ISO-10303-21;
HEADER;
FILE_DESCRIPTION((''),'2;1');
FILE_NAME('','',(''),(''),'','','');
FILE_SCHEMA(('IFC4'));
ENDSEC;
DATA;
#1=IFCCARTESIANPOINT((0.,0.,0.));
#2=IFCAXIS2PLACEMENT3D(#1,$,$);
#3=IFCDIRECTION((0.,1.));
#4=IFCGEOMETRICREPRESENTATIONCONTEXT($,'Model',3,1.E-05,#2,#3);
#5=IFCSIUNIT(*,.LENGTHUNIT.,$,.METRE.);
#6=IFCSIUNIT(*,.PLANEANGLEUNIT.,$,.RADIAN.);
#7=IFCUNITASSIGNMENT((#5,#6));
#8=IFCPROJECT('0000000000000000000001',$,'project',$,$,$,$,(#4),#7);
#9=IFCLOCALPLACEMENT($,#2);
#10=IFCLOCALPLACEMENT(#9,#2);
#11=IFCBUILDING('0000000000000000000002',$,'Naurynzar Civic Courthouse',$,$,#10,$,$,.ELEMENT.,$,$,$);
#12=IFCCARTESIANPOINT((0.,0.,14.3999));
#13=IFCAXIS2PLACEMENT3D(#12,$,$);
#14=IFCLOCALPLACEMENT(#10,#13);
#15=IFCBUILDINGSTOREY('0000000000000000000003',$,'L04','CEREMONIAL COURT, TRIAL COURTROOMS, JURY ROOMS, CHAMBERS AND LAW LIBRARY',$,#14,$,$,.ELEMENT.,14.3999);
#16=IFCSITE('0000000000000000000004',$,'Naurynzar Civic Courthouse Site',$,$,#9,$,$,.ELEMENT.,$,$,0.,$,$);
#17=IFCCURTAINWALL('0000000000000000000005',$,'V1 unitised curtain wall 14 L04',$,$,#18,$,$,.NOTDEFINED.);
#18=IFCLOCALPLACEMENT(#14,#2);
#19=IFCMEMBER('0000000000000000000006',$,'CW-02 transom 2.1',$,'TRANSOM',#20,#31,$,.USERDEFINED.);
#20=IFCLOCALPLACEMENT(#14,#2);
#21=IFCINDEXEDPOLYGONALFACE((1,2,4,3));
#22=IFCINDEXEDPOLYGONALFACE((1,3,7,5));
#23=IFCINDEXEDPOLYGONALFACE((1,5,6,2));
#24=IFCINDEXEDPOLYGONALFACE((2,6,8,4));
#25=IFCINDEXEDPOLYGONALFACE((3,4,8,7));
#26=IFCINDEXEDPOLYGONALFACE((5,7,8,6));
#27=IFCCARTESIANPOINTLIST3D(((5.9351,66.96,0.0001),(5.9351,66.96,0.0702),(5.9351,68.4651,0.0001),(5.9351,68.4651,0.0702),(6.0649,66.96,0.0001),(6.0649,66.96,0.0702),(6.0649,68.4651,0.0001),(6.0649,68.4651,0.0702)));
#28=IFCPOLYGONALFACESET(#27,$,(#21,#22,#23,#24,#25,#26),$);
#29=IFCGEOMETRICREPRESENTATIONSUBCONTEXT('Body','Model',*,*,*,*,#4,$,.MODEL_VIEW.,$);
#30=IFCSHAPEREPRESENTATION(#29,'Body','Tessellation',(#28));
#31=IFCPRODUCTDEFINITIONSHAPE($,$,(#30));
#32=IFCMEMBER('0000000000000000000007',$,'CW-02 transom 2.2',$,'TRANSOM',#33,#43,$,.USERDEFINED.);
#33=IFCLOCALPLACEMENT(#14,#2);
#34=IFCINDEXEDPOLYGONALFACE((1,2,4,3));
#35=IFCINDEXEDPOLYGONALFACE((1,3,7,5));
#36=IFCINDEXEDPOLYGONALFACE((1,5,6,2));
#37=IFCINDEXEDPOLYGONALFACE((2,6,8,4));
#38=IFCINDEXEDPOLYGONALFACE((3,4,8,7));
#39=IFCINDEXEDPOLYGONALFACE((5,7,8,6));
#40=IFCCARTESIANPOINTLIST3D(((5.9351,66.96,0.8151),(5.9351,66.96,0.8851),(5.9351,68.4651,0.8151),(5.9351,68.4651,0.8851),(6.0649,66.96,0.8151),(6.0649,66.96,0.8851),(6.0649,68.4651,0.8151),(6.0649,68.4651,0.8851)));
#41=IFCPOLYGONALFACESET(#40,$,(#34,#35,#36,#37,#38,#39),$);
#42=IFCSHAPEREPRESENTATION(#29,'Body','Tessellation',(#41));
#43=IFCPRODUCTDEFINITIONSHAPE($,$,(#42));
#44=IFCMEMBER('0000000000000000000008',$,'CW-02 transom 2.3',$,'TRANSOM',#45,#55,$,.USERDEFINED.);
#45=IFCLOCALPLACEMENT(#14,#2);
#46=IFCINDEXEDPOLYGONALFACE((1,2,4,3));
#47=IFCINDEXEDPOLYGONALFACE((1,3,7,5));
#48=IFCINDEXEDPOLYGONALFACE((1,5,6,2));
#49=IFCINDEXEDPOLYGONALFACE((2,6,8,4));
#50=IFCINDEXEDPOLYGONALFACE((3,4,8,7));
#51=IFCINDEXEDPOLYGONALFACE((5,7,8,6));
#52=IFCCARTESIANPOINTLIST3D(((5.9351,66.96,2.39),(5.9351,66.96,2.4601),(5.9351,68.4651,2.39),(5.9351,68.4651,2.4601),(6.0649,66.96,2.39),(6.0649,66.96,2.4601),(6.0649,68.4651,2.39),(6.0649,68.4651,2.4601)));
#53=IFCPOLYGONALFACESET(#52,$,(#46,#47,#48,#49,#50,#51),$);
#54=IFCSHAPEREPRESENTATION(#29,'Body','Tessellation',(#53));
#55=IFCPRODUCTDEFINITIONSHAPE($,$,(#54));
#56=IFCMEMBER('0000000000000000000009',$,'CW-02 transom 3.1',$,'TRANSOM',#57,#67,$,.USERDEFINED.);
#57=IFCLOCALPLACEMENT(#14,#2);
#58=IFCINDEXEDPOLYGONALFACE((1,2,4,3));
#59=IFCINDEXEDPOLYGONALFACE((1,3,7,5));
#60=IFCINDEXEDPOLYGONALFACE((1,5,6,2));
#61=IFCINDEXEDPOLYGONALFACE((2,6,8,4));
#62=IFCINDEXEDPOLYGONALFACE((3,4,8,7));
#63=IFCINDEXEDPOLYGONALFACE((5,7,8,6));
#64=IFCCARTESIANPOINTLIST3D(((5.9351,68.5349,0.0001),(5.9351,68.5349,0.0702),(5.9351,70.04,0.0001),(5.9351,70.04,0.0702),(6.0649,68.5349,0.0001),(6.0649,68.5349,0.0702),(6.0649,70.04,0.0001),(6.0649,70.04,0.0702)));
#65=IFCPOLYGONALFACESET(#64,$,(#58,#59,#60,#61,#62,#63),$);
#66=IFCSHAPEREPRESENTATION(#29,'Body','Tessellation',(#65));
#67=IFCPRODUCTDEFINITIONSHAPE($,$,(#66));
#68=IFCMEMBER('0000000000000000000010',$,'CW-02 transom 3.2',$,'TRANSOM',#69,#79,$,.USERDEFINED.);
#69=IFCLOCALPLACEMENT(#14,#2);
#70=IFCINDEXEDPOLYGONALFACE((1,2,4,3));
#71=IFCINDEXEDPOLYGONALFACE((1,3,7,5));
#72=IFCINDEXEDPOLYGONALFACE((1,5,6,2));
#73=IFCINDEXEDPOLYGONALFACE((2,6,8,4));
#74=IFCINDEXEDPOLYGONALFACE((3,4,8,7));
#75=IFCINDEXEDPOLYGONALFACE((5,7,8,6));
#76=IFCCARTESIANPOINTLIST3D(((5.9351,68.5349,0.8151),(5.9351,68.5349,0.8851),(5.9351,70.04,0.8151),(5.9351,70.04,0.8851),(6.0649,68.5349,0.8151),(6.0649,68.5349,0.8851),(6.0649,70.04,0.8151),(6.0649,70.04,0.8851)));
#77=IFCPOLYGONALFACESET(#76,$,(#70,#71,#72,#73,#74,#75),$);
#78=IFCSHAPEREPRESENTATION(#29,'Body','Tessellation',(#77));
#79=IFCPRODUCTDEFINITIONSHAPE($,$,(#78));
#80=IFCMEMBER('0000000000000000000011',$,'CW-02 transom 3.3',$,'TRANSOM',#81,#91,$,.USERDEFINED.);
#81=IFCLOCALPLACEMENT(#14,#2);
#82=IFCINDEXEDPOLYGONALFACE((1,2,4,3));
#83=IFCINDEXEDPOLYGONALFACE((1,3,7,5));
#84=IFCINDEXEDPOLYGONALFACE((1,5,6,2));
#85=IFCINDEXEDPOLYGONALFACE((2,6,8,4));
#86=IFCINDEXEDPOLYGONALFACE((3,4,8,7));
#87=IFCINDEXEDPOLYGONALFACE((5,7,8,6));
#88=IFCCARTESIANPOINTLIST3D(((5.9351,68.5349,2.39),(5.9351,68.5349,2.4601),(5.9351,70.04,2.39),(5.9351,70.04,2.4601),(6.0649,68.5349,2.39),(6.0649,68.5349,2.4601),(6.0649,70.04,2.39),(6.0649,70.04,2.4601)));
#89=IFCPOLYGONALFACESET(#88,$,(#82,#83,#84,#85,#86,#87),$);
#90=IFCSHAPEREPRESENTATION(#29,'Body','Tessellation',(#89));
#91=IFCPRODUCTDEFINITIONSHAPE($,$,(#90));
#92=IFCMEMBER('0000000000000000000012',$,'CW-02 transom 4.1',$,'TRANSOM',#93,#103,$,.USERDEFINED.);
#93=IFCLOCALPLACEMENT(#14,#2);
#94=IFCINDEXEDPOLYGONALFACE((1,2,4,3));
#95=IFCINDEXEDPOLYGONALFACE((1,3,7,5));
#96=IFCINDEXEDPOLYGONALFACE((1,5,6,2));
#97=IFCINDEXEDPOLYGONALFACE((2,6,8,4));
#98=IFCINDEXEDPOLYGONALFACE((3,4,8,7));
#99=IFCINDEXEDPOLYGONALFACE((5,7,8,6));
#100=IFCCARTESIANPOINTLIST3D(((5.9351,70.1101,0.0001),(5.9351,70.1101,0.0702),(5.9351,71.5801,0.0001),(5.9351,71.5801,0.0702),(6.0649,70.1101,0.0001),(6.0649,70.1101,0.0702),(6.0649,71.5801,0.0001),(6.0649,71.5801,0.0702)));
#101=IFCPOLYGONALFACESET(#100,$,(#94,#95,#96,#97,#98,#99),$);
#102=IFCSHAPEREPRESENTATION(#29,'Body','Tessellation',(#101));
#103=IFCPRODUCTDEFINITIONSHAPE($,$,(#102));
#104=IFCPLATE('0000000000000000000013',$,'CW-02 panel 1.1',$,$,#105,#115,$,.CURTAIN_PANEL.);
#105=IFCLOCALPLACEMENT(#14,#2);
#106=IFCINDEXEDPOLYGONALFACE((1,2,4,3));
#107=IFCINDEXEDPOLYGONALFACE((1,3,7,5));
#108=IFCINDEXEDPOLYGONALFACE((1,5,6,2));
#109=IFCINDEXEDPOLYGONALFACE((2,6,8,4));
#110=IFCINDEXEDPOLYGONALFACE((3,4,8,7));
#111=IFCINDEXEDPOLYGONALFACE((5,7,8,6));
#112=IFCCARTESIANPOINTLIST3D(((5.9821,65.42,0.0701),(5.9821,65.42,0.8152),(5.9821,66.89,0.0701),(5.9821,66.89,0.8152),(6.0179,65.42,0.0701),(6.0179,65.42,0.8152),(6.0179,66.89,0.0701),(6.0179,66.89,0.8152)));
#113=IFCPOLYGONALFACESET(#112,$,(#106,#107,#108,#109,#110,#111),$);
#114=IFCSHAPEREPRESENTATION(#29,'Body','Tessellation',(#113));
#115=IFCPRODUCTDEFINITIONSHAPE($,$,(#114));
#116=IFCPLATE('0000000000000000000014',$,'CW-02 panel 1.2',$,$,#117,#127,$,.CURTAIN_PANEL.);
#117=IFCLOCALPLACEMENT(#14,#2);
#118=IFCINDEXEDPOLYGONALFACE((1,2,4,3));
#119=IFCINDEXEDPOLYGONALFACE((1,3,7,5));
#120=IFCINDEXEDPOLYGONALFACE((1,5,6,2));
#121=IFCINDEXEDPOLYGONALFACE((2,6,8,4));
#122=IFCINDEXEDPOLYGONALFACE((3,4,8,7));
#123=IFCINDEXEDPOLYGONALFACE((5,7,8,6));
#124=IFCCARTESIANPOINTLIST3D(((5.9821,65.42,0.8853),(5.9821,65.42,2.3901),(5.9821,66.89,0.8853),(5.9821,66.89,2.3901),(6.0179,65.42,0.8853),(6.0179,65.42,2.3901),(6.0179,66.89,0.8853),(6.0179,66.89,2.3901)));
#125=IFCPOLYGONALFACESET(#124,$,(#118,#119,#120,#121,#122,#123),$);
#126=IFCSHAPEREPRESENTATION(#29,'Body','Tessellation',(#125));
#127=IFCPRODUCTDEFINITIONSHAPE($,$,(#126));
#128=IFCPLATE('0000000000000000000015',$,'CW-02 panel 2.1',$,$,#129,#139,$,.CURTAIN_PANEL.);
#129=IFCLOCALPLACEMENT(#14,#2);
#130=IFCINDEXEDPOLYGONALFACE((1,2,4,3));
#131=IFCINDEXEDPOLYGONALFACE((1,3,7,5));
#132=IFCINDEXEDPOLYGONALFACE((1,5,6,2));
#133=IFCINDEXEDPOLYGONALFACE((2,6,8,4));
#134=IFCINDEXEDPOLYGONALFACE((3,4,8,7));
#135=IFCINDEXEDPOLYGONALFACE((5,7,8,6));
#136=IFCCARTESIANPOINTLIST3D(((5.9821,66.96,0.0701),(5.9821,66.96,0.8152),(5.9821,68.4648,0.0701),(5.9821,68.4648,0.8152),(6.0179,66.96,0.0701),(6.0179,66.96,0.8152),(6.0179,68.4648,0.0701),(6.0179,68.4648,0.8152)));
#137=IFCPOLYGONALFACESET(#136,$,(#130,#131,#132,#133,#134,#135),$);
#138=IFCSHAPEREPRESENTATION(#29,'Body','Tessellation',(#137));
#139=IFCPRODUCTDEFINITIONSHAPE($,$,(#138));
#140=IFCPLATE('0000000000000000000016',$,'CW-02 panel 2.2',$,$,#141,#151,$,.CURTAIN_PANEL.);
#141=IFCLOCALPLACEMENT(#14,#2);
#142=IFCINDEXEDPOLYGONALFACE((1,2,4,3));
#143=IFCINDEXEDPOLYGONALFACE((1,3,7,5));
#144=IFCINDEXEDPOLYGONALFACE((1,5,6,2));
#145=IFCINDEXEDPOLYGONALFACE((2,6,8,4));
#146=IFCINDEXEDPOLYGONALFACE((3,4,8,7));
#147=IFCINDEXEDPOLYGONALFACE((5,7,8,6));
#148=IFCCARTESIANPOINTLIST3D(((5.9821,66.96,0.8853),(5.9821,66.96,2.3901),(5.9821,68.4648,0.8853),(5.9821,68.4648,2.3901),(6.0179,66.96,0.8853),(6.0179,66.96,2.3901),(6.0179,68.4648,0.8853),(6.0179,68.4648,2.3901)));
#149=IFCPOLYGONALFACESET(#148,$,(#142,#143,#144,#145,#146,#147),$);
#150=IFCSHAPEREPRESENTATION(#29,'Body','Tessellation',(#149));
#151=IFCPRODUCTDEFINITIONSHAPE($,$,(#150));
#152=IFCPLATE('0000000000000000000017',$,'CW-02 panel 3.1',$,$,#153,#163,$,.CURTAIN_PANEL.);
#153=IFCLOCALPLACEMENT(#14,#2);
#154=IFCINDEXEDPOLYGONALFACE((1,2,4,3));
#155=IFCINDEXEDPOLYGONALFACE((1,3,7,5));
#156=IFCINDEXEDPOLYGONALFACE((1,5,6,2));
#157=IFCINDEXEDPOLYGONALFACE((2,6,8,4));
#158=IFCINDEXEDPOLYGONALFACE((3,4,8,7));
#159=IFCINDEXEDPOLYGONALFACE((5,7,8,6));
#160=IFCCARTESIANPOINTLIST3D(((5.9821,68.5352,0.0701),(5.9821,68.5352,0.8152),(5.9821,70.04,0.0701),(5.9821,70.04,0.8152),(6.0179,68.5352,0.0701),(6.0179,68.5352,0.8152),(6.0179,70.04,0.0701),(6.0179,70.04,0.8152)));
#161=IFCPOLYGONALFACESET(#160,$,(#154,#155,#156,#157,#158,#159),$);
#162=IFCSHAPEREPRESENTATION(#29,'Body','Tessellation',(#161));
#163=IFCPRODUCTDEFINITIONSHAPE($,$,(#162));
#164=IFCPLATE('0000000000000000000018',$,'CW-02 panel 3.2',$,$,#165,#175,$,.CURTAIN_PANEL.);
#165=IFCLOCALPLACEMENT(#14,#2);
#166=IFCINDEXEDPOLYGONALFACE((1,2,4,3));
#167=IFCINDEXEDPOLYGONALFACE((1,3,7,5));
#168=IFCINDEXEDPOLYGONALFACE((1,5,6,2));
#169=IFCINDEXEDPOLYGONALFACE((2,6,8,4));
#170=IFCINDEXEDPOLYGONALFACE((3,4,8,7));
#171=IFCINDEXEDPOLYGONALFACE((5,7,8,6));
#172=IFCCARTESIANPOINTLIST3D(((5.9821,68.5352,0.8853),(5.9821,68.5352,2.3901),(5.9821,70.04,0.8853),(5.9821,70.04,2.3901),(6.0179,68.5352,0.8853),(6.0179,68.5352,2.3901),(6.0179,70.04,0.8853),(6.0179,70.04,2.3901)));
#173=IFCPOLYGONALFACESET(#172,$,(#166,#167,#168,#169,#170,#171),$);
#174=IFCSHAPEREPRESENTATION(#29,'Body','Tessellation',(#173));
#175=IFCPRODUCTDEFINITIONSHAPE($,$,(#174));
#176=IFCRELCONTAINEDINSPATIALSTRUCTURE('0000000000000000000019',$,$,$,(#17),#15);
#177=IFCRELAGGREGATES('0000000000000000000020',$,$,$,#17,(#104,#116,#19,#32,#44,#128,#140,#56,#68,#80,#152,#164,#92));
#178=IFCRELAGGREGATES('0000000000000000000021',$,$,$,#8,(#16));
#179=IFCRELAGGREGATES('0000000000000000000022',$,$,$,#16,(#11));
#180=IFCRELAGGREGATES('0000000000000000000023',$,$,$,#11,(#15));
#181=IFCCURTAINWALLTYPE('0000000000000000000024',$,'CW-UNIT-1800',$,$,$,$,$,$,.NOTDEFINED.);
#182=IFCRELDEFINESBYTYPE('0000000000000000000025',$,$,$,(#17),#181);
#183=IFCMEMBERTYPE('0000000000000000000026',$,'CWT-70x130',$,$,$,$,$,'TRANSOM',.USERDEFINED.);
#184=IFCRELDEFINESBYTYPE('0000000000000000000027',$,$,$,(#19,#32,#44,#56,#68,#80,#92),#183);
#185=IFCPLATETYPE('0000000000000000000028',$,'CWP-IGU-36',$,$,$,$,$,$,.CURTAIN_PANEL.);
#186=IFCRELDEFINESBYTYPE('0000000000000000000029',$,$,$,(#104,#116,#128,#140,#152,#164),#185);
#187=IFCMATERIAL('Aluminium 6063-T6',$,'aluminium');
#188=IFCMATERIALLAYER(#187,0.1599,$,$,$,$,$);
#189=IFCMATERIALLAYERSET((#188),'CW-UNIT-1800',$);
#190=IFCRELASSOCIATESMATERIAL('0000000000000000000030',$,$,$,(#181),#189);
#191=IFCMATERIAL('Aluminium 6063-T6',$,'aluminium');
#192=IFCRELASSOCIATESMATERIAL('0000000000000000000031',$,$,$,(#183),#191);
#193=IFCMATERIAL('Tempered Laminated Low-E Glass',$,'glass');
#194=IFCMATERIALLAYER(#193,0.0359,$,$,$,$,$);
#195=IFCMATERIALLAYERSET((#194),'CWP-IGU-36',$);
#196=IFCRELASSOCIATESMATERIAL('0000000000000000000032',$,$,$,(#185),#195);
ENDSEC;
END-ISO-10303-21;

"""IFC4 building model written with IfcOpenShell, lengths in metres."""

from ifc_helpers import new_model, si_unit, direction, frame, origin, origin_2d, place, context, subcontext, project, spatial, rectangle, extrude, material, layer, layer_set, material_profile, profile_set, type_object, element, aggregate, save


model = new_model("IFC4")

# Units and contexts
model_context = context("Model", 3, precision=1e-05, world=origin(), true_north=direction((0.0, 1.0)))
body_context = subcontext(model_context, "Body", "Model", "MODEL_VIEW")
ifc_project = project(units=[si_unit("LENGTHUNIT", "METRE"), si_unit("PLANEANGLEUNIT", "RADIAN")], contexts=[model_context])

# Site, building, storey
site_placement = place(None, origin())
site = spatial("IfcSite", under=ifc_project, at=site_placement, Name="Naurynzar Civic Courthouse Site", CompositionType="ELEMENT", RefElevation=0.0)
building_placement = place(site_placement, origin())
building = spatial("IfcBuilding", under=site, at=building_placement, Name="Naurynzar Civic Courthouse", CompositionType="ELEMENT")
storey_placement = place(building_placement, frame((0.0, 0.0, 14.3999)))
storey = spatial("IfcBuildingStorey", under=building, at=storey_placement, Name="L04", Description="CEREMONIAL COURT, TRIAL COURTROOMS, JURY ROOMS, CHAMBERS AND LAW LIBRARY", CompositionType="ELEMENT", Elevation=14.3999)

# Curtain wall, members, plates
ifc_material_1 = material(Name="Aluminium 6063-T6", Category="aluminium")
ifc_layer_1 = layer(ifc_material_1, 0.1599)
ifc_layer_set_1 = layer_set([ifc_layer_1], Name="CW-UNIT-1800")
curtain_wall_type = type_object("IfcCurtainWallType", Name="CW-UNIT-1800", PredefinedType="NOTDEFINED", material=ifc_layer_set_1)
curtain_wall_placement = place(storey_placement, origin())
curtain_wall = element("IfcCurtainWall", 1, at=curtain_wall_placement, inside=storey, type_object=curtain_wall_type, Name="V1 unitised curtain wall 14 L04", PredefinedType="NOTDEFINED")
ifc_material_2 = material(Name="Aluminium 6063-T6", Category="aluminium")
ifc_material_profile_1 = material_profile(ifc_material_2, rectangle(XDim=0.1299, YDim=0.0701, at=origin_2d()), Name="ALU TRANSOM 70x130")
ifc_profile_set_1 = profile_set([ifc_material_profile_1], Name="Aluminium 6063-T6")
member_type_1 = type_object("IfcMemberType", Name="CWT-70x130", ElementType="TRANSOM", PredefinedType="USERDEFINED", material=ifc_profile_set_1)
member_1_placement = place(storey_placement, frame((6.0, 66.96, 0.0352), z_axis=(0.0, 1.0, 0.0), x_axis=(-1.0, 0.0, 0.0)))
member_1 = element("IfcMember", 2, at=member_1_placement, type_object=member_type_1, Name="CW-02 transom 2.1", ObjectType="TRANSOM", PredefinedType="USERDEFINED", context=body_context, shape_type="SweptSolid", body=[
    extrude(rectangle(XDim=0.1299, YDim=0.0701, at=origin_2d()), origin(), (0.0, 0.0, 1.0), 1.5051),
])
member_2_placement = place(storey_placement, frame((6.0, 66.96, 0.8501), z_axis=(0.0, 1.0, 0.0), x_axis=(-1.0, 0.0, 0.0)))
member_2 = element("IfcMember", 3, at=member_2_placement, type_object=member_type_1, Name="CW-02 transom 2.2", ObjectType="TRANSOM", PredefinedType="USERDEFINED", context=body_context, shape_type="SweptSolid", body=[
    extrude(rectangle(XDim=0.1299, YDim=0.0701, at=origin_2d()), origin(), (0.0, 0.0, 1.0), 1.5051),
])
member_3_placement = place(storey_placement, frame((6.0, 66.96, 2.425), z_axis=(0.0, 1.0, 0.0), x_axis=(-1.0, 0.0, 0.0)))
member_3 = element("IfcMember", 4, at=member_3_placement, type_object=member_type_1, Name="CW-02 transom 2.3", ObjectType="TRANSOM", PredefinedType="USERDEFINED", context=body_context, shape_type="SweptSolid", body=[
    extrude(rectangle(XDim=0.1299, YDim=0.0701, at=origin_2d()), origin(), (0.0, 0.0, 1.0), 1.5051),
])
member_4_placement = place(storey_placement, frame((6.0, 68.5349, 0.0352), z_axis=(0.0, 1.0, 0.0), x_axis=(-1.0, 0.0, 0.0)))
member_4 = element("IfcMember", 5, at=member_4_placement, type_object=member_type_1, Name="CW-02 transom 3.1", ObjectType="TRANSOM", PredefinedType="USERDEFINED", context=body_context, shape_type="SweptSolid", body=[
    extrude(rectangle(XDim=0.1299, YDim=0.0701, at=origin_2d()), origin(), (0.0, 0.0, 1.0), 1.5051),
])
member_5_placement = place(storey_placement, frame((6.0, 68.5349, 0.8501), z_axis=(0.0, 1.0, 0.0), x_axis=(-1.0, 0.0, 0.0)))
member_5 = element("IfcMember", 6, at=member_5_placement, type_object=member_type_1, Name="CW-02 transom 3.2", ObjectType="TRANSOM", PredefinedType="USERDEFINED", context=body_context, shape_type="SweptSolid", body=[
    extrude(rectangle(XDim=0.1299, YDim=0.0701, at=origin_2d()), origin(), (0.0, 0.0, 1.0), 1.5051),
])
member_6_placement = place(storey_placement, frame((6.0, 68.5349, 2.425), z_axis=(0.0, 1.0, 0.0), x_axis=(-1.0, 0.0, 0.0)))
member_6 = element("IfcMember", 7, at=member_6_placement, type_object=member_type_1, Name="CW-02 transom 3.3", ObjectType="TRANSOM", PredefinedType="USERDEFINED", context=body_context, shape_type="SweptSolid", body=[
    extrude(rectangle(XDim=0.1299, YDim=0.0701, at=origin_2d()), origin(), (0.0, 0.0, 1.0), 1.5051),
])
member_7_placement = place(storey_placement, frame((6.0, 70.1101, 0.0352), z_axis=(0.0, 1.0, 0.0), x_axis=(-1.0, 0.0, 0.0)))
member_7 = element("IfcMember", 8, at=member_7_placement, type_object=member_type_1, Name="CW-02 transom 4.1", ObjectType="TRANSOM", PredefinedType="USERDEFINED", context=body_context, shape_type="SweptSolid", body=[
    extrude(rectangle(XDim=0.1299, YDim=0.0701, at=origin_2d()), origin(), (0.0, 0.0, 1.0), 1.47),
])
ifc_material_3 = material(Name="Tempered Laminated Low-E Glass", Category="glass")
ifc_layer_2 = layer(ifc_material_3, 0.0359)
ifc_layer_set_2 = layer_set([ifc_layer_2], Name="CWP-IGU-36")
plate_type = type_object("IfcPlateType", Name="CWP-IGU-36", PredefinedType="CURTAIN_PANEL", material=ifc_layer_set_2)
plate_1_placement = place(storey_placement, frame((6.0, 66.155, 0.0701), z_axis=(0.0, 0.0, 1.0), x_axis=(0.0, 1.0, 0.0)))
plate_1 = element("IfcPlate", 9, at=plate_1_placement, type_object=plate_type, Name="CW-02 panel 1.1", PredefinedType="CURTAIN_PANEL", context=body_context, shape_type="SweptSolid", body=[
    extrude(rectangle(XDim=1.47, YDim=0.0359, at=origin_2d()), origin(), (0.0, 0.0, 1.0), 0.7451),
])
plate_2_placement = place(storey_placement, frame((6.0, 66.155, 0.8853), z_axis=(0.0, 0.0, 1.0), x_axis=(0.0, 1.0, 0.0)))
plate_2 = element("IfcPlate", 10, at=plate_2_placement, type_object=plate_type, Name="CW-02 panel 1.2", PredefinedType="CURTAIN_PANEL", context=body_context, shape_type="SweptSolid", body=[
    extrude(rectangle(XDim=1.47, YDim=0.0359, at=origin_2d()), origin(), (0.0, 0.0, 1.0), 1.5049),
])
plate_3_placement = place(storey_placement, frame((6.0, 67.7124, 0.0701), z_axis=(0.0, 0.0, 1.0), x_axis=(0.0, 1.0, 0.0)))
plate_3 = element("IfcPlate", 11, at=plate_3_placement, type_object=plate_type, Name="CW-02 panel 2.1", PredefinedType="CURTAIN_PANEL", context=body_context, shape_type="SweptSolid", body=[
    extrude(rectangle(XDim=1.5049, YDim=0.0359, at=origin_2d()), origin(), (0.0, 0.0, 1.0), 0.7451),
])
plate_4_placement = place(storey_placement, frame((6.0, 67.7124, 0.8853), z_axis=(0.0, 0.0, 1.0), x_axis=(0.0, 1.0, 0.0)))
plate_4 = element("IfcPlate", 12, at=plate_4_placement, type_object=plate_type, Name="CW-02 panel 2.2", PredefinedType="CURTAIN_PANEL", context=body_context, shape_type="SweptSolid", body=[
    extrude(rectangle(XDim=1.5049, YDim=0.0359, at=origin_2d()), origin(), (0.0, 0.0, 1.0), 1.5049),
])
plate_5_placement = place(storey_placement, frame((6.0, 69.2876, 0.0701), z_axis=(0.0, 0.0, 1.0), x_axis=(0.0, 1.0, 0.0)))
plate_5 = element("IfcPlate", 13, at=plate_5_placement, type_object=plate_type, Name="CW-02 panel 3.1", PredefinedType="CURTAIN_PANEL", context=body_context, shape_type="SweptSolid", body=[
    extrude(rectangle(XDim=1.5049, YDim=0.0359, at=origin_2d()), origin(), (0.0, 0.0, 1.0), 0.7451),
])
plate_6_placement = place(storey_placement, frame((6.0, 69.2876, 0.8853), z_axis=(0.0, 0.0, 1.0), x_axis=(0.0, 1.0, 0.0)))
plate_6 = element("IfcPlate", 14, at=plate_6_placement, type_object=plate_type, Name="CW-02 panel 3.2", PredefinedType="CURTAIN_PANEL", context=body_context, shape_type="SweptSolid", body=[
    extrude(rectangle(XDim=1.5049, YDim=0.0359, at=origin_2d()), origin(), (0.0, 0.0, 1.0), 1.5049),
])
aggregate(curtain_wall, [plate_1, plate_2, member_1, member_2, member_3, plate_3, plate_4, member_4, member_5, member_6, plate_5, plate_6, member_7])

save(model, "model.ifc")
